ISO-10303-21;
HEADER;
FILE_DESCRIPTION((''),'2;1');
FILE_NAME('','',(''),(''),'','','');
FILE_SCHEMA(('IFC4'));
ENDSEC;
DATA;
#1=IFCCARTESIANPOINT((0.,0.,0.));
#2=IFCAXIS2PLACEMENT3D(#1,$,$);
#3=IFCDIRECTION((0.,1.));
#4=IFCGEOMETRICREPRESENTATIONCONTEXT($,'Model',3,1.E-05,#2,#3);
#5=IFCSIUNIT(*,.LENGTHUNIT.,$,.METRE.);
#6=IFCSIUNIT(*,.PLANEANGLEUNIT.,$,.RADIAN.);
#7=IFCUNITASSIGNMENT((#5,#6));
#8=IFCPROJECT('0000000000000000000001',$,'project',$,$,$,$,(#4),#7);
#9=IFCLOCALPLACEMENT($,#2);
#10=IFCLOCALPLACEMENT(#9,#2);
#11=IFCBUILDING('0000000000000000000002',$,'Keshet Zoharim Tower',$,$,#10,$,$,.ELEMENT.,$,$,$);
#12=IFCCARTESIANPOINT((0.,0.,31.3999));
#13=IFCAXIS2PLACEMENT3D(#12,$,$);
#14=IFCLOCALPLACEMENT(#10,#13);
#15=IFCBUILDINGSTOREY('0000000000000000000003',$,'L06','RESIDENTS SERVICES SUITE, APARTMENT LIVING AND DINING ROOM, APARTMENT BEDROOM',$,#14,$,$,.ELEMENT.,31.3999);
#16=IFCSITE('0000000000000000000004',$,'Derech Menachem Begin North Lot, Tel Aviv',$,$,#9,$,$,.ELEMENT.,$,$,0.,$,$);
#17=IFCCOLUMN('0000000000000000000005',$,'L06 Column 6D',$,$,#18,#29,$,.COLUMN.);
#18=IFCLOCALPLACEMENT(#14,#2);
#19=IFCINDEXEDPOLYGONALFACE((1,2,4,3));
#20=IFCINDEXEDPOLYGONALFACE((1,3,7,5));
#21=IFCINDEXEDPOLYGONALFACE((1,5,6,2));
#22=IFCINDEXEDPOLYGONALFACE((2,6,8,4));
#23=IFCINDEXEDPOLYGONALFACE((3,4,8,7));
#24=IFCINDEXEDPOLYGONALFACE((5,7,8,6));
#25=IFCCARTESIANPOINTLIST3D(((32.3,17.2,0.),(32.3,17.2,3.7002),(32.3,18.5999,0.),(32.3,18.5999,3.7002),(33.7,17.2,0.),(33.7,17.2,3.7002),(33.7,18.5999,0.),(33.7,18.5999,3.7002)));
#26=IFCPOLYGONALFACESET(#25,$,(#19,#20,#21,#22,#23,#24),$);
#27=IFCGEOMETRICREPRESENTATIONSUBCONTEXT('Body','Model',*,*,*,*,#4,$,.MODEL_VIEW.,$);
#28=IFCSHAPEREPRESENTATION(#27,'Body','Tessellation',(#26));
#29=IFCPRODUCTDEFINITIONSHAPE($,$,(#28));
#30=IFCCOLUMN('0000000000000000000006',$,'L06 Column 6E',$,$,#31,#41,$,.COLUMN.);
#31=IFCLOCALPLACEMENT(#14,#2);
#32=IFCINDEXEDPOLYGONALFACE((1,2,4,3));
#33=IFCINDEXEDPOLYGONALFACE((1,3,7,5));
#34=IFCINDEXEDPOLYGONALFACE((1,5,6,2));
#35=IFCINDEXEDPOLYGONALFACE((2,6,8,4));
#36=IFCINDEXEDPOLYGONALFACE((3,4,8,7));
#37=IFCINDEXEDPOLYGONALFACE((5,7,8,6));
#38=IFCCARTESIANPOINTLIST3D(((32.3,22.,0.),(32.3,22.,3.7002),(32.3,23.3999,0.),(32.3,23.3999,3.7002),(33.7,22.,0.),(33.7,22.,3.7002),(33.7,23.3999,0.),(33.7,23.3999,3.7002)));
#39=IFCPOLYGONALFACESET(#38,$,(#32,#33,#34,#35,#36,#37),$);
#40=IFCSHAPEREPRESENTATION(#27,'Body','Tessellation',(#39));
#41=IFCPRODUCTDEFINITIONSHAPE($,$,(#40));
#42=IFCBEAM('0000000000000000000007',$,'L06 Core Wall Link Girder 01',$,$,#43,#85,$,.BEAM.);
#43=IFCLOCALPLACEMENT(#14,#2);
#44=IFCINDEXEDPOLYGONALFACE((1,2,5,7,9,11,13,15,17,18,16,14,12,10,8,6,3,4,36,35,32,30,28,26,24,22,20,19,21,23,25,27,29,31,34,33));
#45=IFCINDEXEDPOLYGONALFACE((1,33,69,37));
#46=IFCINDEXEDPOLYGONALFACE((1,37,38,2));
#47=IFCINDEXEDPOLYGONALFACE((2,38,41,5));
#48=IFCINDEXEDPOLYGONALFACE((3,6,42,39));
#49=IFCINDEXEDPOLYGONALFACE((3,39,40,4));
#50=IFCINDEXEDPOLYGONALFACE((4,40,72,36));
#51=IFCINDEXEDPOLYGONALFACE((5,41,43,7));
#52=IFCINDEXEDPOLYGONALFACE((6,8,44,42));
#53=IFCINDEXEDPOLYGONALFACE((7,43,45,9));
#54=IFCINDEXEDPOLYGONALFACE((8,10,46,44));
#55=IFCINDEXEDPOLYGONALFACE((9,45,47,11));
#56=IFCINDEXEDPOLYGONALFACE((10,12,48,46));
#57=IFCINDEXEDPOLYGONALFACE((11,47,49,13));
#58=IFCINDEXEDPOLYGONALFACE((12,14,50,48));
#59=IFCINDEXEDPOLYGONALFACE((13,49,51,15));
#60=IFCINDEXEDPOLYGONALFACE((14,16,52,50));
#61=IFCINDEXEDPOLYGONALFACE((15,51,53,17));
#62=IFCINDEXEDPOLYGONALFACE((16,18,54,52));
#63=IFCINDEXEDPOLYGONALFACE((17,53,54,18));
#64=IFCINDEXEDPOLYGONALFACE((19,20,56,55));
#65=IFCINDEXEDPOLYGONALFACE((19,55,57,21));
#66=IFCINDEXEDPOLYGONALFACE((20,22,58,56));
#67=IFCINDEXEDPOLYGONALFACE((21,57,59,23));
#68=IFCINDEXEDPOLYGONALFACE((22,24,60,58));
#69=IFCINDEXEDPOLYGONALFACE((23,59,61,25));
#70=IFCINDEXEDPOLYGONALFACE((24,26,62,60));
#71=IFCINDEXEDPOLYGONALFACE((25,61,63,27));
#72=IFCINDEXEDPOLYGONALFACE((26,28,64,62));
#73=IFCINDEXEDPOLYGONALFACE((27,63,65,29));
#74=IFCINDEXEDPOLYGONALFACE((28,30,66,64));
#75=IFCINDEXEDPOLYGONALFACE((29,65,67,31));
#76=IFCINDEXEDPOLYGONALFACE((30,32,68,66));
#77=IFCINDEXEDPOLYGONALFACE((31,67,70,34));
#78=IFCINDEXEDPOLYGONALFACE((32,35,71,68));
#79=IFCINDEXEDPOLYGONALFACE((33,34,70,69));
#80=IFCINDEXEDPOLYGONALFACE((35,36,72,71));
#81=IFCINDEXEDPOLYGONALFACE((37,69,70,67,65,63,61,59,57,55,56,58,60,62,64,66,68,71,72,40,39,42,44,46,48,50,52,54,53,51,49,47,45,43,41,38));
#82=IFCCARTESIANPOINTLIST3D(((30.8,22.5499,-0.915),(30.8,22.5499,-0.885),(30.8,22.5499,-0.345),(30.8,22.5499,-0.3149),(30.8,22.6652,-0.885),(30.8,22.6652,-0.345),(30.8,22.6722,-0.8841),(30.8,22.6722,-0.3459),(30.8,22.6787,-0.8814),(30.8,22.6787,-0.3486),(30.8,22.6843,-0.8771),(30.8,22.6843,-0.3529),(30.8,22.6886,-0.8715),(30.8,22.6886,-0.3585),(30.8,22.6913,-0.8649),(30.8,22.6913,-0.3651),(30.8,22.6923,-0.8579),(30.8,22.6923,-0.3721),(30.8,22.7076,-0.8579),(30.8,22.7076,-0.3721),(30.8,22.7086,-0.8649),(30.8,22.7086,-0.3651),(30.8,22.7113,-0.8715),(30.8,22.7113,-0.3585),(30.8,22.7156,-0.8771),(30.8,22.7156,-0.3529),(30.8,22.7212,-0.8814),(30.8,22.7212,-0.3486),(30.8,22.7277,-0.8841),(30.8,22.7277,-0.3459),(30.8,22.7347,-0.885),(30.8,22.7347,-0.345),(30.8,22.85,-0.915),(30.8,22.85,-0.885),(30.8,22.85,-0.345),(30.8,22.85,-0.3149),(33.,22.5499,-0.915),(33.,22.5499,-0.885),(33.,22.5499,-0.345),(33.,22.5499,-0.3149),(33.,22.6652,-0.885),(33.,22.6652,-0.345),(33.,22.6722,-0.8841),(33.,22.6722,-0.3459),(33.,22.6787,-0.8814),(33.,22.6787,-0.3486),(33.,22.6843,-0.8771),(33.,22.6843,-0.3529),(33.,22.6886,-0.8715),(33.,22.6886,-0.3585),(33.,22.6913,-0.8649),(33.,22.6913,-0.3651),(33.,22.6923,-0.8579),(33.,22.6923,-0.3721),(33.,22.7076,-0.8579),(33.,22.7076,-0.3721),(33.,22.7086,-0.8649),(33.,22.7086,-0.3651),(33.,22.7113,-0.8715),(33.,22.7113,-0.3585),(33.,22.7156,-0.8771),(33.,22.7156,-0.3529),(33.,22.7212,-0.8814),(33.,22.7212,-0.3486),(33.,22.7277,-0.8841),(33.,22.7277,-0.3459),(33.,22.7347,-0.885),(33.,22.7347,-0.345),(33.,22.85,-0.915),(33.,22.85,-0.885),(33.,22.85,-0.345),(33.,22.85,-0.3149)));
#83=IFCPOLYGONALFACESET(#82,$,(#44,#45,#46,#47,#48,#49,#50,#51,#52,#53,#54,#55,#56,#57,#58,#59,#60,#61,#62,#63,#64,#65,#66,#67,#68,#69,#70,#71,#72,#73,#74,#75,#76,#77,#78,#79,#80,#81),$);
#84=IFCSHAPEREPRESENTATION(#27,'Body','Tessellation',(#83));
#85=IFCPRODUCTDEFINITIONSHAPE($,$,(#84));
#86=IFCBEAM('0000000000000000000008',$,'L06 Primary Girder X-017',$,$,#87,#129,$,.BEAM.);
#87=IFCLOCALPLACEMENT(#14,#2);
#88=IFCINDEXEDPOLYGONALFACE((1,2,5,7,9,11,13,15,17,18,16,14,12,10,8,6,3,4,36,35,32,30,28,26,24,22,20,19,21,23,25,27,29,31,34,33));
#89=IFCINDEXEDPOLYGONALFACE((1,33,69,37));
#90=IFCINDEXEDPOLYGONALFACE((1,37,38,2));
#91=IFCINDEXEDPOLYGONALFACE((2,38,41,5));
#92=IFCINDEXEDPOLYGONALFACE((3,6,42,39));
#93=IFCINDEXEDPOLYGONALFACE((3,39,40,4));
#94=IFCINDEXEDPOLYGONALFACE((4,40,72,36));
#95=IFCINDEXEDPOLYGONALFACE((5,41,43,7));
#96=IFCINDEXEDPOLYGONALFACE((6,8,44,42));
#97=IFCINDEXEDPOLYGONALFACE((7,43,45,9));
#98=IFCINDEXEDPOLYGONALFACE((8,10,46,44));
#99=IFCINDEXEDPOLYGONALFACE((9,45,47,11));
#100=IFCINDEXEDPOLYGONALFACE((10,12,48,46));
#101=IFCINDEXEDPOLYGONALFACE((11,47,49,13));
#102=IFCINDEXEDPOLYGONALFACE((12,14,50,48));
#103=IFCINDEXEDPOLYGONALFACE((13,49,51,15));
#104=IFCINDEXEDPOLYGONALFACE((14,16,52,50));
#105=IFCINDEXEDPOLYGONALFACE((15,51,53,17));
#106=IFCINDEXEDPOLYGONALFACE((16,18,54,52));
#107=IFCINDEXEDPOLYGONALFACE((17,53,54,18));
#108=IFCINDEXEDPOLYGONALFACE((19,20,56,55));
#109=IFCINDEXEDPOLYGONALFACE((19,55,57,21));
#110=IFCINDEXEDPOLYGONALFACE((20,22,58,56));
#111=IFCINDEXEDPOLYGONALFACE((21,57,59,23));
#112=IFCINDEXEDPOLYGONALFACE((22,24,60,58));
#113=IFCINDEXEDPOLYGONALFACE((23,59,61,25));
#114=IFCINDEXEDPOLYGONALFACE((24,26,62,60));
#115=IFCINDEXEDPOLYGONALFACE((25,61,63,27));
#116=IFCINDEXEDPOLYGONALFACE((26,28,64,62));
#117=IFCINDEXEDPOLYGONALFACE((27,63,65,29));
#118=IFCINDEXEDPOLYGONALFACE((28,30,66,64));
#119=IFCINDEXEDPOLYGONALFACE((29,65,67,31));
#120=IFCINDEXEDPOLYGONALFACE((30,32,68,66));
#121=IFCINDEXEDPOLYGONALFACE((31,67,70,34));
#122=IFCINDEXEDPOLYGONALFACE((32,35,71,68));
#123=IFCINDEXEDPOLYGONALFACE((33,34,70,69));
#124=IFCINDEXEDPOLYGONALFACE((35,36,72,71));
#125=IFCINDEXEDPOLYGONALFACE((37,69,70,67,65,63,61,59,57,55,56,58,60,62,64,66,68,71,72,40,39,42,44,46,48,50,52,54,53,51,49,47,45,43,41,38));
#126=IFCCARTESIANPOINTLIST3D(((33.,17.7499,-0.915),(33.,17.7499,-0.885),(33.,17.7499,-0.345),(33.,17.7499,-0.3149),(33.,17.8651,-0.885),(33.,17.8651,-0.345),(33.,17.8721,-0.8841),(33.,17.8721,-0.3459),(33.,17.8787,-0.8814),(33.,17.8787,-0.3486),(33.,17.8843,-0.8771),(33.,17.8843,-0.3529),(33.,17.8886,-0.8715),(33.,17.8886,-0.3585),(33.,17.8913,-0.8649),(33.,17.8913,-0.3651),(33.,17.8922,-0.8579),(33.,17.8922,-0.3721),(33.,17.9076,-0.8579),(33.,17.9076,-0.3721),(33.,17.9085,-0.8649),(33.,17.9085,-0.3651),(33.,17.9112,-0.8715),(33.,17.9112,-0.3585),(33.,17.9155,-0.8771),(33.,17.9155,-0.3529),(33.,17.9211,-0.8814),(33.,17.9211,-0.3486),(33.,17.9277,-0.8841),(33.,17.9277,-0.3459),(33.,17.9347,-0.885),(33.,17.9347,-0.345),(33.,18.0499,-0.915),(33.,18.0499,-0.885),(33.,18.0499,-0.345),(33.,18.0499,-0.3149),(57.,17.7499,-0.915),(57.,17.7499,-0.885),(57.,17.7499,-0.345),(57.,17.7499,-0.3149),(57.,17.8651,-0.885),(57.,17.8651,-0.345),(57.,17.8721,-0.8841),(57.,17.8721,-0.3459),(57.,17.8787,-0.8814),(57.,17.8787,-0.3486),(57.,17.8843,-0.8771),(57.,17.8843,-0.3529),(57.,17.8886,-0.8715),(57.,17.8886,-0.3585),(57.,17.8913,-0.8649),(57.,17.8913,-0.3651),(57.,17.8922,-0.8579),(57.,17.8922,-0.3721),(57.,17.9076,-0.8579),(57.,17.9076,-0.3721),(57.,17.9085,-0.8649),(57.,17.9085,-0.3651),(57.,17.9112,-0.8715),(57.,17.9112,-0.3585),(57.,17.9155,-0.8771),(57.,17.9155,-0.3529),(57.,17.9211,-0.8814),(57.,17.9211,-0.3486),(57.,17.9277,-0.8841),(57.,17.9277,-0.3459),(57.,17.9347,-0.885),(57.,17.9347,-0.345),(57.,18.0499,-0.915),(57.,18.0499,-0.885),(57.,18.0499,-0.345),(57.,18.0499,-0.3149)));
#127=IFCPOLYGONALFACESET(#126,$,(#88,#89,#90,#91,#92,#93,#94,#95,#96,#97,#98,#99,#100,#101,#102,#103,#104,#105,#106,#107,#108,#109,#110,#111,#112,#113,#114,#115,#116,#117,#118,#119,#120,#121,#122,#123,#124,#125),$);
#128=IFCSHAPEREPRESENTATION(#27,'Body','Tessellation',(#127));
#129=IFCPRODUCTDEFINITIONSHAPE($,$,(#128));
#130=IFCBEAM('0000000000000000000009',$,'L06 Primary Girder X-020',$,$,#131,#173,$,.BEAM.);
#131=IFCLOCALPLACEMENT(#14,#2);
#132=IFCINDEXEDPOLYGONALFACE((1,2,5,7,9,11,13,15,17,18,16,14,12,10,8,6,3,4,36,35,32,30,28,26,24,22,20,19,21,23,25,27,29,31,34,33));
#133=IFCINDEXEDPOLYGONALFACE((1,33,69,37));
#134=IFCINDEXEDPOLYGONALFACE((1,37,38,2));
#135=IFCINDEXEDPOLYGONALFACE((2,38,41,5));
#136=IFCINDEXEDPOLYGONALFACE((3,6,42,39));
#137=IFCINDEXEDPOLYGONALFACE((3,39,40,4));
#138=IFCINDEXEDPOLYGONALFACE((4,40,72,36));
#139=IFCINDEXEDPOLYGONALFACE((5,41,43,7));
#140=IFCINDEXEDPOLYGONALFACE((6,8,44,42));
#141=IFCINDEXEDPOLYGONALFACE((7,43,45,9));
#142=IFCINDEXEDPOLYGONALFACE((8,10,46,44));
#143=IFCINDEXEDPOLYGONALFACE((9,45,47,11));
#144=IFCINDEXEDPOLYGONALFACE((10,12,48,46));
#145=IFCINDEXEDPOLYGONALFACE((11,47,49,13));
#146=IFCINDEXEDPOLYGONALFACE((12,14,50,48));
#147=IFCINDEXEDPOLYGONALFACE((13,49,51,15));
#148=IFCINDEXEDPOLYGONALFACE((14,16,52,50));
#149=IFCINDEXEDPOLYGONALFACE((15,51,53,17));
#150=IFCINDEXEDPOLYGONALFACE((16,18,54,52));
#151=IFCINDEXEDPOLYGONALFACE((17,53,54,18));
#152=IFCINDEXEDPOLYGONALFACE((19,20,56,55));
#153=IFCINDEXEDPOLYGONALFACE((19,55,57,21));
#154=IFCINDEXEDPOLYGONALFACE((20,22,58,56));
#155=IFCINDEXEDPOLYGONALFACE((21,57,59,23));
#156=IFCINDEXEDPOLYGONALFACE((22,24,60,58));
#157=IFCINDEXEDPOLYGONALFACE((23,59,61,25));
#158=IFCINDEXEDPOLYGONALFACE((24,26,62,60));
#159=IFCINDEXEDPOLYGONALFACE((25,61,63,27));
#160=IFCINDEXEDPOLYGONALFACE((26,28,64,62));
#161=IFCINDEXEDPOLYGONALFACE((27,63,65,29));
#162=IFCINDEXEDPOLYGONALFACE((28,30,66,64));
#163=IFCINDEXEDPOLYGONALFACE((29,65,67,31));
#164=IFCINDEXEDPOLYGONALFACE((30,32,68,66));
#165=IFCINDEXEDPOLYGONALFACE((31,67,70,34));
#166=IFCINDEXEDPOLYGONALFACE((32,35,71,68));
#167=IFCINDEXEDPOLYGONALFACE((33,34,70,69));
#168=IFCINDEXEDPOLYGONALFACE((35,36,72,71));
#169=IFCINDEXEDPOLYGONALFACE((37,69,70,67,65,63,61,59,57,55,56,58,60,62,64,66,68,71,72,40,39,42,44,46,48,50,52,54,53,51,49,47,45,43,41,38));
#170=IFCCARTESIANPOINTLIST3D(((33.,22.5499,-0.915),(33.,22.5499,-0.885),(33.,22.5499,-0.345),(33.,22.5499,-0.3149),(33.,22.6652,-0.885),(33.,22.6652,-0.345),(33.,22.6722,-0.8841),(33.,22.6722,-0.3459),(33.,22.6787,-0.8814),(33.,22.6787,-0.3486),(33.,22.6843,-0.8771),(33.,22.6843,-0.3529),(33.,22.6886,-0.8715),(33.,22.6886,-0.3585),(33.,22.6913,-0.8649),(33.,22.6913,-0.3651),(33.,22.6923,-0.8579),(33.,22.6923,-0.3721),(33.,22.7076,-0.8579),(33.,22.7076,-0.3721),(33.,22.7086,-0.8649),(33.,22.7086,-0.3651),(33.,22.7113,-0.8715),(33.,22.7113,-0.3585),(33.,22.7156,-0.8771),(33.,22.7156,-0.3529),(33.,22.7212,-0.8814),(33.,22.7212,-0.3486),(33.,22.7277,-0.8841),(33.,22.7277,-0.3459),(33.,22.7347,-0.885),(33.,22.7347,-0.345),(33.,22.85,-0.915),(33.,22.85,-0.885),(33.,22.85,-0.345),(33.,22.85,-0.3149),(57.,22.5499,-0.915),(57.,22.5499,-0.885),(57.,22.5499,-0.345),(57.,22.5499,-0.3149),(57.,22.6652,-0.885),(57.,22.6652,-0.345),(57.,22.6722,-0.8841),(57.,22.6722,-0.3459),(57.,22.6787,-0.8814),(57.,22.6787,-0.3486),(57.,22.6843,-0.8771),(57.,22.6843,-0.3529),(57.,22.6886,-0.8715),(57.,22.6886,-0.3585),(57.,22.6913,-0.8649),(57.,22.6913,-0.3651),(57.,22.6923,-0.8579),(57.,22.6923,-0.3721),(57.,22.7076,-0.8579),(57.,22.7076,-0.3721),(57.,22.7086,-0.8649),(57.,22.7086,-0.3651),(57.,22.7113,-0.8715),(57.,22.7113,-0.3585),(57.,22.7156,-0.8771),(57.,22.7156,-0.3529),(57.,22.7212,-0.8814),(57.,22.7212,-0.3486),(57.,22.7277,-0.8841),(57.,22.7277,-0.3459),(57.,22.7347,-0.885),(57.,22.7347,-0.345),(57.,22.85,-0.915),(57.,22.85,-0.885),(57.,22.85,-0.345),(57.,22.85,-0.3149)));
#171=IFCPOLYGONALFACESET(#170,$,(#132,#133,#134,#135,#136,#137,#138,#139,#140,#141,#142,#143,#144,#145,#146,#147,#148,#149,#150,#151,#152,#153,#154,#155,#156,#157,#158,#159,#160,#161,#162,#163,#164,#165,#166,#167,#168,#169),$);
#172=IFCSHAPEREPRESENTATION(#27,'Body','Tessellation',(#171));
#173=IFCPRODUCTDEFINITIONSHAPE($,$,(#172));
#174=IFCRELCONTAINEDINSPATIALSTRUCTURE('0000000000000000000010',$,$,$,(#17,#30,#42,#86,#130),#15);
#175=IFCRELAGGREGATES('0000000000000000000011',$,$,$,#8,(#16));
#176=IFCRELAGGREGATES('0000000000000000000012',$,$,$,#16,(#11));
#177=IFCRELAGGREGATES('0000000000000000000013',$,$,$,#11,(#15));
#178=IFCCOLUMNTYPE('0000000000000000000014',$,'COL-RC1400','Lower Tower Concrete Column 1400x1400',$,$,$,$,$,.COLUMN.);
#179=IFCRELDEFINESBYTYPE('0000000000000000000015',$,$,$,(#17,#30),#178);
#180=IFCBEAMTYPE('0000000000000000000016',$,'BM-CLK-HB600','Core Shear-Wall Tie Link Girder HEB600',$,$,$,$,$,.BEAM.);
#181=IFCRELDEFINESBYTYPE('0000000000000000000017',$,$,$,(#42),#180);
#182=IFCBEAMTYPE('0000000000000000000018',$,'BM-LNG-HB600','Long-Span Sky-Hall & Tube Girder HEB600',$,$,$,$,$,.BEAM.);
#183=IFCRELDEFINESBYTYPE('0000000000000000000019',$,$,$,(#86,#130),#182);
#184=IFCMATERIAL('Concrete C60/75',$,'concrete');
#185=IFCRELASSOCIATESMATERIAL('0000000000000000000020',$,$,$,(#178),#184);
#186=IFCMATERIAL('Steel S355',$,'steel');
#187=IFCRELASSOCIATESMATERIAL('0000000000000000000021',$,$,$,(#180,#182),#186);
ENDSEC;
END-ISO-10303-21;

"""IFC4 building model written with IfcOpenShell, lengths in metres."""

from ifc_helpers import new_model, si_unit, direction, frame, origin, origin_2d, place, context, subcontext, project, spatial, rectangle, i_section, extrude, material, material_profile, profile_set, type_object, element, save


model = new_model("IFC4")

# Units and contexts
model_context = context("Model", 3, precision=1e-05, world=origin(), true_north=direction((0.0, 1.0)))
body_context = subcontext(model_context, "Body", "Model", "MODEL_VIEW")
ifc_project = project(units=[si_unit("LENGTHUNIT", "METRE"), si_unit("PLANEANGLEUNIT", "RADIAN")], contexts=[model_context])

# Site, building, storey
site_placement = place(None, origin())
site = spatial("IfcSite", under=ifc_project, at=site_placement, Name="Derech Menachem Begin North Lot, Tel Aviv", CompositionType="ELEMENT", RefElevation=0.0)
building_placement = place(site_placement, origin())
building = spatial("IfcBuilding", under=site, at=building_placement, Name="Keshet Zoharim Tower", CompositionType="ELEMENT")
storey_placement = place(building_placement, frame((0.0, 0.0, 31.3999)))
storey = spatial("IfcBuildingStorey", under=building, at=storey_placement, Name="L06", Description="RESIDENTS SERVICES SUITE, APARTMENT LIVING AND DINING ROOM, APARTMENT BEDROOM", CompositionType="ELEMENT", Elevation=31.3999)

# Columns
ifc_material_1 = material(Name="Concrete C60/75", Category="concrete")
ifc_material_profile_1 = material_profile(ifc_material_1, rectangle(XDim=1.3999, YDim=1.3999, at=origin_2d()), Name="RC1400x1400")
ifc_profile_set_1 = profile_set([ifc_material_profile_1], Name="Concrete C60/75")
column_type = type_object("IfcColumnType", Name="COL-RC1400", Description="Lower Tower Concrete Column 1400x1400", PredefinedType="COLUMN", material=ifc_profile_set_1)
for number, where, z_axis, x_axis, name in (
    (1, (33.0, 17.8999, 0.0), (0.0, 0.0, 1.0), (1.0, 0.0, 0.0), "L06 Column 6D"),
    (2, (33.0, 22.7, 0.0), (0.0, 0.0, 1.0), (1.0, 0.0, 0.0), "L06 Column 6E"),
):
    element("IfcColumn", number, at=place(storey_placement, frame(where, z_axis=z_axis, x_axis=x_axis)), inside=storey, type_object=column_type, Name=name, PredefinedType="COLUMN", context=body_context, shape_type="SweptSolid", body=[
        extrude(rectangle(XDim=1.3999, YDim=1.3999, at=origin_2d()), origin(), (0.0, 0.0, 1.0), 3.7002),
    ])

# Beams
ifc_material_2 = material(Name="Steel S355", Category="steel")
ifc_material_profile_2 = material_profile(ifc_material_2, i_section(OverallWidth=0.3, OverallDepth=0.6001, WebThickness=0.0154, FlangeThickness=0.03, FilletRadius=0.0271, at=origin_2d()), Name="HEB600")
ifc_profile_set_2 = profile_set([ifc_material_profile_2], Name="Steel S355")
beam_type_1 = type_object("IfcBeamType", Name="BM-CLK-HB600", Description="Core Shear-Wall Tie Link Girder HEB600", PredefinedType="BEAM", material=ifc_profile_set_2)
beam_1_placement = place(storey_placement, frame((30.8, 22.7, -0.615), z_axis=(1.0, 0.0, 0.0), x_axis=(0.0, 1.0, 0.0)))
element("IfcBeam", 3, at=beam_1_placement, inside=storey, type_object=beam_type_1, Name="L06 Core Wall Link Girder 01", PredefinedType="BEAM", context=body_context, shape_type="SweptSolid", body=[
    extrude(i_section(OverallWidth=0.3, OverallDepth=0.6001, WebThickness=0.0154, FlangeThickness=0.03, FilletRadius=0.0271, at=origin_2d()), origin(), (0.0, 0.0, 1.0), 2.2),
])
ifc_material_profile_3 = material_profile(ifc_material_2, i_section(OverallWidth=0.3, OverallDepth=0.6001, WebThickness=0.0154, FlangeThickness=0.03, FilletRadius=0.0271, at=origin_2d()), Name="HEB600")
ifc_profile_set_3 = profile_set([ifc_material_profile_3], Name="Steel S355")
beam_type_2 = type_object("IfcBeamType", Name="BM-LNG-HB600", Description="Long-Span Sky-Hall & Tube Girder HEB600", PredefinedType="BEAM", material=ifc_profile_set_3)
for number, where, z_axis, x_axis, name in (
    (4, (33.0, 17.8999, -0.615), (1.0, 0.0, 0.0), (0.0, 1.0, 0.0), "L06 Primary Girder X-017"),
    (5, (33.0, 22.7, -0.615), (1.0, 0.0, 0.0), (0.0, 1.0, 0.0), "L06 Primary Girder X-020"),
):
    element("IfcBeam", number, at=place(storey_placement, frame(where, z_axis=z_axis, x_axis=x_axis)), inside=storey, type_object=beam_type_2, Name=name, PredefinedType="BEAM", context=body_context, shape_type="SweptSolid", body=[
        extrude(i_section(OverallWidth=0.3, OverallDepth=0.6001, WebThickness=0.0154, FlangeThickness=0.03, FilletRadius=0.0271, at=origin_2d()), origin(), (0.0, 0.0, 1.0), 24.0),
    ])

save(model, "model.ifc")
